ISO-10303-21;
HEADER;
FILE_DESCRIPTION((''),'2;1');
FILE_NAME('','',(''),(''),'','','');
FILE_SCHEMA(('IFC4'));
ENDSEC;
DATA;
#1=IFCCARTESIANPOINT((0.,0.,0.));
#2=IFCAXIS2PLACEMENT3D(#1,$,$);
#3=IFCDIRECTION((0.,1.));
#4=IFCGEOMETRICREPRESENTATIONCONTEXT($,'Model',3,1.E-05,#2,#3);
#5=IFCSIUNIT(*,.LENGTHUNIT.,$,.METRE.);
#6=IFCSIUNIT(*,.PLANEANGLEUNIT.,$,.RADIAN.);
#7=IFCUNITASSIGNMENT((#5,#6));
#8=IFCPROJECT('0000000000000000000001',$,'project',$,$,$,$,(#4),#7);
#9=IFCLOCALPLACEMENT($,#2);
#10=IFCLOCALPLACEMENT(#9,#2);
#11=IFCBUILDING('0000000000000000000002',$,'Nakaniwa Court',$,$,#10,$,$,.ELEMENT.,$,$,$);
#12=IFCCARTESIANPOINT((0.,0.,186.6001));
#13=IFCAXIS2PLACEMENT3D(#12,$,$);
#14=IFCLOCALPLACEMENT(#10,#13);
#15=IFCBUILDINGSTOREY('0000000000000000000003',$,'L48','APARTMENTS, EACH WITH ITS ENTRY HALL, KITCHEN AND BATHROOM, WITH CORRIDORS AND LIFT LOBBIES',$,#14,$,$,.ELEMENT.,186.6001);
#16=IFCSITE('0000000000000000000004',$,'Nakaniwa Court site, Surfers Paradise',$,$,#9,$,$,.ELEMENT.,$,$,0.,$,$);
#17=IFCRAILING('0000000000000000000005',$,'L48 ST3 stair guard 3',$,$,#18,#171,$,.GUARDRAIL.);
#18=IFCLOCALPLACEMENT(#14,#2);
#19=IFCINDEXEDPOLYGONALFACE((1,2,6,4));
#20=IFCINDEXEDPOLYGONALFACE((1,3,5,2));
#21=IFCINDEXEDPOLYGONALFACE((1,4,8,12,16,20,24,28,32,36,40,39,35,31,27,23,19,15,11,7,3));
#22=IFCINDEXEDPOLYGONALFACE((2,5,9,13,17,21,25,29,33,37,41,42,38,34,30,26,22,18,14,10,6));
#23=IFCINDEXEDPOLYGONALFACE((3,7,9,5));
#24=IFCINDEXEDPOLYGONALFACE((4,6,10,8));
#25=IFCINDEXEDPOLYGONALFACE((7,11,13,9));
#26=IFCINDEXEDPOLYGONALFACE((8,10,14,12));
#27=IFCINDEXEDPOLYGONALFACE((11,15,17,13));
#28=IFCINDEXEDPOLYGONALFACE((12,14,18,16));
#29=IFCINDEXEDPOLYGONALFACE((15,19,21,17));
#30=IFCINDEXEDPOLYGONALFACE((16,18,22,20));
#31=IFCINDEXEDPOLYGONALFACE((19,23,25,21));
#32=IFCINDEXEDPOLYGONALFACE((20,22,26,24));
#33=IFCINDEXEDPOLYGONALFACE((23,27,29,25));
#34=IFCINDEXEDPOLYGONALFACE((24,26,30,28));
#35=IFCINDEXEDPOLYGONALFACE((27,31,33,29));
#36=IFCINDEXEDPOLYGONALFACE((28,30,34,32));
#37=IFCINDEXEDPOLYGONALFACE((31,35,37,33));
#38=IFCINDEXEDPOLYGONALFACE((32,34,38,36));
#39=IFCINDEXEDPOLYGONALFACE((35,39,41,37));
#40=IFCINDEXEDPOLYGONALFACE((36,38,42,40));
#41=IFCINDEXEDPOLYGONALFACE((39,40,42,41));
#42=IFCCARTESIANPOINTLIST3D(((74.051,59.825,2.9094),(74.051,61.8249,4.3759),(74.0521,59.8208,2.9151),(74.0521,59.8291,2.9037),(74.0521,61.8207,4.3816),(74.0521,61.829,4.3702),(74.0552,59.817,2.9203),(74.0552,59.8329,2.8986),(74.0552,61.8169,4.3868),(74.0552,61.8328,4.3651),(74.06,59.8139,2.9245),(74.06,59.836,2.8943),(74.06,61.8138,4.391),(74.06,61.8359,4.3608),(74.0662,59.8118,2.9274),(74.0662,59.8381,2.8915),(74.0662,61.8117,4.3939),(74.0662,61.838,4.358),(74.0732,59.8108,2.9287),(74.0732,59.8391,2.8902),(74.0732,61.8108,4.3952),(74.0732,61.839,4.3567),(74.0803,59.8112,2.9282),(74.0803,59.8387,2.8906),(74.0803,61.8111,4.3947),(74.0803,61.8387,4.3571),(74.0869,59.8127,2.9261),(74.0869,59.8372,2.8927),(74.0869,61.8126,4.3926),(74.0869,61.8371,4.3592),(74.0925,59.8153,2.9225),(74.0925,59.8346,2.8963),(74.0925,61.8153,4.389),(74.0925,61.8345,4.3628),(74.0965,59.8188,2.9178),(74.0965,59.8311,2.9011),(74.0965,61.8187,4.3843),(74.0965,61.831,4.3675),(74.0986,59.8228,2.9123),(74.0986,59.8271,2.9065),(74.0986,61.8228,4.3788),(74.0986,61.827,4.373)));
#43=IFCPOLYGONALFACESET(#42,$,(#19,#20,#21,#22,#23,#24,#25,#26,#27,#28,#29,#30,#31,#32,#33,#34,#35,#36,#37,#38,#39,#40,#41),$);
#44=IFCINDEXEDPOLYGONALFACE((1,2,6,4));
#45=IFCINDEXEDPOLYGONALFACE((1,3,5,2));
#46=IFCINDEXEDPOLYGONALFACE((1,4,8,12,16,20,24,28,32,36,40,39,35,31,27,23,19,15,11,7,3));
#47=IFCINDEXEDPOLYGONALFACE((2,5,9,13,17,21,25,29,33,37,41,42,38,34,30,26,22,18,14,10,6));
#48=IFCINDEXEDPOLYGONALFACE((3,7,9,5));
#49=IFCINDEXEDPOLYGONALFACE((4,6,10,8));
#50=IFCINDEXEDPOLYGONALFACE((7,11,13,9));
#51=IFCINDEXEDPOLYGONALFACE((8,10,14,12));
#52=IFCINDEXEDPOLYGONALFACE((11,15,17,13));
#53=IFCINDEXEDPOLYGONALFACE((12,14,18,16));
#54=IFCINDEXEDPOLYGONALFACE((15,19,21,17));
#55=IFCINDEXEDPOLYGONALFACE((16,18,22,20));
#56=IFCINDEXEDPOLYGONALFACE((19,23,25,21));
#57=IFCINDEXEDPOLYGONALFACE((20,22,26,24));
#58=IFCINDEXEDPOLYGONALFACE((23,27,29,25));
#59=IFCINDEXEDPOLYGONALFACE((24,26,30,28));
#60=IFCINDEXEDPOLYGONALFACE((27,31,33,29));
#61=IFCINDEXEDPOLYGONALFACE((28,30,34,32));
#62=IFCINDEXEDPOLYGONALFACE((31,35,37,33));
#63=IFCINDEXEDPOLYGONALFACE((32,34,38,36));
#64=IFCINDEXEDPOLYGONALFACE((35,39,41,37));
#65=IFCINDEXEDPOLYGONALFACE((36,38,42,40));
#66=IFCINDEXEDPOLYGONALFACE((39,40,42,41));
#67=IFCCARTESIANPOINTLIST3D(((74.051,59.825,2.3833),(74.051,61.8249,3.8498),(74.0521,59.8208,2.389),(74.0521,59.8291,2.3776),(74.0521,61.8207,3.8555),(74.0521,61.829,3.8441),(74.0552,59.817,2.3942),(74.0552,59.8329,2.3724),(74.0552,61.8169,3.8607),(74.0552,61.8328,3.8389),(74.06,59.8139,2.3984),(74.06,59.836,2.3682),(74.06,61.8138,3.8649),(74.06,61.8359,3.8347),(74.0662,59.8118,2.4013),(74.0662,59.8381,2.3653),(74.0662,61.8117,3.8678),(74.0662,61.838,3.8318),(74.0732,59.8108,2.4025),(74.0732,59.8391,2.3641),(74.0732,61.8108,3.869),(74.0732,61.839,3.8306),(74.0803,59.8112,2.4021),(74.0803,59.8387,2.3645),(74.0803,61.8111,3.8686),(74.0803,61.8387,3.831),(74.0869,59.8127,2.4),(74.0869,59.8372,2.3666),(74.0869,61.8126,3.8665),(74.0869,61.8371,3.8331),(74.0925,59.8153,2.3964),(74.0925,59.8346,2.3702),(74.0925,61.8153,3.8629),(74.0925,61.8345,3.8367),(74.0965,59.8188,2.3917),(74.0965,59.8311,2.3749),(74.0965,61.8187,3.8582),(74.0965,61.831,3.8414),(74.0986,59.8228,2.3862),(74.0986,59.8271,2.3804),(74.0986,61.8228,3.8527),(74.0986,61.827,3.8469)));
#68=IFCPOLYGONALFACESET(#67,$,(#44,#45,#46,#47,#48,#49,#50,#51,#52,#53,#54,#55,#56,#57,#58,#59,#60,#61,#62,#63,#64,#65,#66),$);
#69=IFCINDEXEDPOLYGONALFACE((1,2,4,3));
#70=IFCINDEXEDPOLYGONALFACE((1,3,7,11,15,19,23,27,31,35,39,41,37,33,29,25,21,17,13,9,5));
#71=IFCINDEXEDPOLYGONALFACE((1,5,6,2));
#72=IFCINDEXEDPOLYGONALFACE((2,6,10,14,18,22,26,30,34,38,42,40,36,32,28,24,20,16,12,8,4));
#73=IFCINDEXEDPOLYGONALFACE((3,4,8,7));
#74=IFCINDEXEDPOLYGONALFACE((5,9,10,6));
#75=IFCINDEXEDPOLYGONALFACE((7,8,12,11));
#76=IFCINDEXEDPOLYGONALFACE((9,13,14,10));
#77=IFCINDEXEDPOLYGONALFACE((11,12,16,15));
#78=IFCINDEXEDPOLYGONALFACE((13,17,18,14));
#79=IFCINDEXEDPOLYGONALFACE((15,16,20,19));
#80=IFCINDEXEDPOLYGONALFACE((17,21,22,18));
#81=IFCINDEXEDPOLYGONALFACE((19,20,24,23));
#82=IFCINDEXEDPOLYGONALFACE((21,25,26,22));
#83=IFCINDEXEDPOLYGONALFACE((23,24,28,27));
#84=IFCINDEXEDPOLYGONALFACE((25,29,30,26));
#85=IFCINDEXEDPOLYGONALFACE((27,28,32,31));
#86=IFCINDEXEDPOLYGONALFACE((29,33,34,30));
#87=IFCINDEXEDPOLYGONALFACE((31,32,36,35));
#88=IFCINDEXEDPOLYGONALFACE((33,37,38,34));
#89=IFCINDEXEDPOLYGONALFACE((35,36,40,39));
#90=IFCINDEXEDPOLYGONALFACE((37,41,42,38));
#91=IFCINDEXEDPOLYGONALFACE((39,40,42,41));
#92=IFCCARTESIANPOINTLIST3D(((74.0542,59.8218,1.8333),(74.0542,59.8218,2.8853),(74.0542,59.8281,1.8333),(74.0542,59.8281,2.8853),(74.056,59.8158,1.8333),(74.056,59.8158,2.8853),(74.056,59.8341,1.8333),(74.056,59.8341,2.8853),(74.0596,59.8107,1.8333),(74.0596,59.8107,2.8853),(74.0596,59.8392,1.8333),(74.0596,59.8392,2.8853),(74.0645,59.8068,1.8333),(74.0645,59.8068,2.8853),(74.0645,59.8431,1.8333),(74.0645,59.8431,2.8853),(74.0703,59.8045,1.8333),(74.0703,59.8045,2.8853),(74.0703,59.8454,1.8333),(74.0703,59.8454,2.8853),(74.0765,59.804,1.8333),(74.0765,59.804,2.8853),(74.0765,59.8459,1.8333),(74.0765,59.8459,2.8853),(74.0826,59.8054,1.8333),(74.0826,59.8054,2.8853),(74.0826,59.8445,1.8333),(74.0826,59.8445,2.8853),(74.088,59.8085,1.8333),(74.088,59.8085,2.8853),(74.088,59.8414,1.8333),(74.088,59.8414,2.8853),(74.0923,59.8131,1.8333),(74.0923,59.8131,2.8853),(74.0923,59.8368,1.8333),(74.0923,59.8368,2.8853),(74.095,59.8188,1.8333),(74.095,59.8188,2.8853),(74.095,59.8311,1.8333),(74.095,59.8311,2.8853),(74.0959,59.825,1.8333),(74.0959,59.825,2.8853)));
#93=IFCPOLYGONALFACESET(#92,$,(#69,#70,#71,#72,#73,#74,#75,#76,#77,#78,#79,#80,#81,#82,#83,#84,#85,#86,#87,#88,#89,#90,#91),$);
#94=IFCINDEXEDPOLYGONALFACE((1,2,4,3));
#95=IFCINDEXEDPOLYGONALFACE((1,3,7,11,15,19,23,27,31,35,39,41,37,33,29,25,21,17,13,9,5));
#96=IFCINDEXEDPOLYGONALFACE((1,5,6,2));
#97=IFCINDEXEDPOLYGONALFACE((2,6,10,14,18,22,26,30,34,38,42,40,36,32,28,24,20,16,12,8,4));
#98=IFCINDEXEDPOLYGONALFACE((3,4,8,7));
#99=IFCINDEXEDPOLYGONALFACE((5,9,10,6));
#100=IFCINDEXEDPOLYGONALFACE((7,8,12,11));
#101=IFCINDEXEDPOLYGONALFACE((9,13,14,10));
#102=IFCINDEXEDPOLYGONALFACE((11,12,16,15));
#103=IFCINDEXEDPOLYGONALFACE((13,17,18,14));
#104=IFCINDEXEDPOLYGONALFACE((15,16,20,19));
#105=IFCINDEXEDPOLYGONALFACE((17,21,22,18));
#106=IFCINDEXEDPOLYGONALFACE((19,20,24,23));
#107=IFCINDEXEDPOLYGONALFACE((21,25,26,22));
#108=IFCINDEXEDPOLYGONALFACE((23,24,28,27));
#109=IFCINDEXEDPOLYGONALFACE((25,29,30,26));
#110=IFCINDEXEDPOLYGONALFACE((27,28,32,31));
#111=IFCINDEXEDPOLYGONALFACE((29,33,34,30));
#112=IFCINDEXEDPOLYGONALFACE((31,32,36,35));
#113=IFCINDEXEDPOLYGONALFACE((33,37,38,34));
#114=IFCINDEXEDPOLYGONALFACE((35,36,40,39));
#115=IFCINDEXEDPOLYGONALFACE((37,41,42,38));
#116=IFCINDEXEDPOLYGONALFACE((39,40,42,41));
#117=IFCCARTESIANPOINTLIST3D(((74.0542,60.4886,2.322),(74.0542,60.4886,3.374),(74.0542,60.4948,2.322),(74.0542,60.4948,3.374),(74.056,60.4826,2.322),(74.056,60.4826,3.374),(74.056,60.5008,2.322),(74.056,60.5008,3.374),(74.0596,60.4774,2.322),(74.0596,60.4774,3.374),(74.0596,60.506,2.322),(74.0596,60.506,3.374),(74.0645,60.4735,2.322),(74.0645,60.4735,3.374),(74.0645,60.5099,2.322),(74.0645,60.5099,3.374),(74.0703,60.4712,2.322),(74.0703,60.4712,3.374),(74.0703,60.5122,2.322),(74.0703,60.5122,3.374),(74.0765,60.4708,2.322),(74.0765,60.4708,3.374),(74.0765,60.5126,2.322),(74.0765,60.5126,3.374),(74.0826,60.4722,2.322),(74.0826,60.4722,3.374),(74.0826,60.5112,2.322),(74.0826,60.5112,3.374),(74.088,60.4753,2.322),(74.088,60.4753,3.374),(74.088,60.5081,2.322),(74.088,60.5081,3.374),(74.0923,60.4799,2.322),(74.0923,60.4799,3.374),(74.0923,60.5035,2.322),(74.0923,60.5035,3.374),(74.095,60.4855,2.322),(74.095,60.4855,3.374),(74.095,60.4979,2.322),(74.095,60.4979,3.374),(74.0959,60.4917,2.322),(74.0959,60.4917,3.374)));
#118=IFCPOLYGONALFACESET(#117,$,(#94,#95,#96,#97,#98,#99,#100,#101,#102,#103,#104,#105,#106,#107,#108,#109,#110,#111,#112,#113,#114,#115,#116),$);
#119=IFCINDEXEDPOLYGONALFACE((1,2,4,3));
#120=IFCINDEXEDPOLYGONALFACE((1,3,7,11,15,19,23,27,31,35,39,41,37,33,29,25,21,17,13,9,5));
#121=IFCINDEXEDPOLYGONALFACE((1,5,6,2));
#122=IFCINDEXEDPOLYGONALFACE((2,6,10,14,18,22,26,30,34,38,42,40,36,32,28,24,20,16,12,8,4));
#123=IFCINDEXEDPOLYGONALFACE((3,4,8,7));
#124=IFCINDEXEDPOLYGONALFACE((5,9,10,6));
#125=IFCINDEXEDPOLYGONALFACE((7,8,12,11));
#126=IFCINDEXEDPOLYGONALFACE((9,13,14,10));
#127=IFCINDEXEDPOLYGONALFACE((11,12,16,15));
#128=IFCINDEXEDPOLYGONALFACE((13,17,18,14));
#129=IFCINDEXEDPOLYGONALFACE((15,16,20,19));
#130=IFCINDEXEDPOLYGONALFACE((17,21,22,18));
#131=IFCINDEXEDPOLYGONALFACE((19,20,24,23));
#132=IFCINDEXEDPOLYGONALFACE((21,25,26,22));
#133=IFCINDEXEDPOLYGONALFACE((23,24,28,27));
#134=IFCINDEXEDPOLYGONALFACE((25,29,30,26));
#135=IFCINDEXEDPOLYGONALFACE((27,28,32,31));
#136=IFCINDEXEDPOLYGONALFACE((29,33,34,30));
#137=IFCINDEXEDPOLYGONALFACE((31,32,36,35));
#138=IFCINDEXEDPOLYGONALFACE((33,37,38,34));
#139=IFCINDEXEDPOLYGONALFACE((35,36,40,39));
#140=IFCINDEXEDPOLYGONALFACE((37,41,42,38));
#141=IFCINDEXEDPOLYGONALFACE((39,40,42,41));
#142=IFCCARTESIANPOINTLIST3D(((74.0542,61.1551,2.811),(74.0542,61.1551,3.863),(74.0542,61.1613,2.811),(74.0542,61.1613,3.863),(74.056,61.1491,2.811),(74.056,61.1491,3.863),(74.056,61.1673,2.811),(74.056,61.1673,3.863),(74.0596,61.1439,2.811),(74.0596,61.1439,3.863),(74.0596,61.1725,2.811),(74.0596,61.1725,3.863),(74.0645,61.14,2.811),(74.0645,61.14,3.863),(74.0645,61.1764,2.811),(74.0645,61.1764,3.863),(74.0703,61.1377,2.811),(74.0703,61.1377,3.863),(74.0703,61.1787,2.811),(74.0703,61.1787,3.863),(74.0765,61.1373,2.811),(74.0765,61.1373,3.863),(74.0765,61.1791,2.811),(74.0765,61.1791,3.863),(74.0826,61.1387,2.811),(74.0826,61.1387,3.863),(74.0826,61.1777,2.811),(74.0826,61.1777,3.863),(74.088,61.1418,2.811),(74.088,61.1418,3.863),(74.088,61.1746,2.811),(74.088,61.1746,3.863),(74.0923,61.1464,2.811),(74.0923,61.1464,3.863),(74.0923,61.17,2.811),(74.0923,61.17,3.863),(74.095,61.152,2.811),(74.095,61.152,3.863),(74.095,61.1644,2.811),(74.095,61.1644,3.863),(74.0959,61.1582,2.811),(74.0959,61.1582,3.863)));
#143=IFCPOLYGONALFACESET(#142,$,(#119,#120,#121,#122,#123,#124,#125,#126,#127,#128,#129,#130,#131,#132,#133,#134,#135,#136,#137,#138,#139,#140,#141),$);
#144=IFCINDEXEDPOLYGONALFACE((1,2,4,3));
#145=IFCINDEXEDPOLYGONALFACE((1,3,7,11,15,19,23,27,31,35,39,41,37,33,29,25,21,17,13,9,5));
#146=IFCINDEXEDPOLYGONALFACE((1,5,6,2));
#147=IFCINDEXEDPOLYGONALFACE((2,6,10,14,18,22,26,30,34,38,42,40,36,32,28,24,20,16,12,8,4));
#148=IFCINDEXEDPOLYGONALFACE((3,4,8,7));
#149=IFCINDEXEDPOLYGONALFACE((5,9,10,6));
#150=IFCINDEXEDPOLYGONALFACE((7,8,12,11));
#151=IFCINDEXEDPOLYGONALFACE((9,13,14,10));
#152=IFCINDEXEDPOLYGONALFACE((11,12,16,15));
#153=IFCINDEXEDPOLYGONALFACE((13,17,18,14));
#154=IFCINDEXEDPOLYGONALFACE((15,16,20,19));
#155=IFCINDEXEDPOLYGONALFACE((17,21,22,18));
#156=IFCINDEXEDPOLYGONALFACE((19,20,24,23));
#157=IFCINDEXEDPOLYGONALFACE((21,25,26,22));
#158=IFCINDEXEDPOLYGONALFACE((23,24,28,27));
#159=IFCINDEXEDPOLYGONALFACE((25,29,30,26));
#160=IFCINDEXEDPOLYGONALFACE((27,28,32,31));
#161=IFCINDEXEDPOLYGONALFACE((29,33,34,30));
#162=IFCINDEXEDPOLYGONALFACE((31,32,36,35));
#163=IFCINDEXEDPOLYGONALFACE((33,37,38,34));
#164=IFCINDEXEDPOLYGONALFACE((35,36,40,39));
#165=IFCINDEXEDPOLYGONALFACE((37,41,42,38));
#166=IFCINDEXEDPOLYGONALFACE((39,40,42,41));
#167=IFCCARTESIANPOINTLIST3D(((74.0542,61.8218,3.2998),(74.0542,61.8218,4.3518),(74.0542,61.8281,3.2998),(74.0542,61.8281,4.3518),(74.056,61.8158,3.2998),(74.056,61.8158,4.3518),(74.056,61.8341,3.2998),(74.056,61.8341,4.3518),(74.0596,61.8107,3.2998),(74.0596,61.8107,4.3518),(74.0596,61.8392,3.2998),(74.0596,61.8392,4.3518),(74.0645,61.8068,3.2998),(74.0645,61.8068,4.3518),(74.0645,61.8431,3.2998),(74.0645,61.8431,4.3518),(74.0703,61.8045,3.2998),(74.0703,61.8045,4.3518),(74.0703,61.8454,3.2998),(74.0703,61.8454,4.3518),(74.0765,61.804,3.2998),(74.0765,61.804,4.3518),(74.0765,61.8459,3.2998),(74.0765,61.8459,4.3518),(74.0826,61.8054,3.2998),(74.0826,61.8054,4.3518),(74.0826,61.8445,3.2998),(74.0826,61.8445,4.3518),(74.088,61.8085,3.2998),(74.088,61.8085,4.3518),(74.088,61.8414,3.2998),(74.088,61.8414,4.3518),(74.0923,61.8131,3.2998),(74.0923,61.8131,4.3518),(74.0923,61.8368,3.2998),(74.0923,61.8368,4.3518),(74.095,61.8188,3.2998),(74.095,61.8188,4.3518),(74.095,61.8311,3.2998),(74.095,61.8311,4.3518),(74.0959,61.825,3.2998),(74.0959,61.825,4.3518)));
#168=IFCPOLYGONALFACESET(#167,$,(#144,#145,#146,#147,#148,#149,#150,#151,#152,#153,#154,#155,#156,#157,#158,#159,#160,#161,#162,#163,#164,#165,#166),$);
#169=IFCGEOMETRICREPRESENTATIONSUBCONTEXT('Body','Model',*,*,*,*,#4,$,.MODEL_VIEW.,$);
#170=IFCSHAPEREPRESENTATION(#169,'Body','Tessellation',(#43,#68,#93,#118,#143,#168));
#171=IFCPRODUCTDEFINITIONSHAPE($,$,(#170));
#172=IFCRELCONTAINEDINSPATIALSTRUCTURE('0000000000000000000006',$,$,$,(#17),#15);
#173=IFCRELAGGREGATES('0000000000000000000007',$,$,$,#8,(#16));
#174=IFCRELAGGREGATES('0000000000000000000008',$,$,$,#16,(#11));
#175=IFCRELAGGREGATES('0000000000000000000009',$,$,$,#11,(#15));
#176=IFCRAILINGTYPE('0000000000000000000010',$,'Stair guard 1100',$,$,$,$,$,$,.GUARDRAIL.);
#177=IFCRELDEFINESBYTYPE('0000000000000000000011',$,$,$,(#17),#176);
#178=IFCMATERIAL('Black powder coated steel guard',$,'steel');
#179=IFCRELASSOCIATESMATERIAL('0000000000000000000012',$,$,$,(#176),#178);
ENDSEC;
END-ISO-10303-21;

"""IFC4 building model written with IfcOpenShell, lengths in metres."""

from ifc_helpers import new_model, si_unit, direction, frame, origin, origin_2d, place, context, subcontext, project, spatial, circle, extrude, material, type_object, element, save


model = new_model("IFC4")

# Units and contexts
model_context = context("Model", 3, precision=1e-05, world=origin(), true_north=direction((0.0, 1.0)))
body_context = subcontext(model_context, "Body", "Model", "MODEL_VIEW")
ifc_project = project(units=[si_unit("LENGTHUNIT", "METRE"), si_unit("PLANEANGLEUNIT", "RADIAN")], contexts=[model_context])

# Site, building, storey
site_placement = place(None, origin())
site = spatial("IfcSite", under=ifc_project, at=site_placement, Name="Nakaniwa Court site, Surfers Paradise", CompositionType="ELEMENT", RefElevation=0.0)
building_placement = place(site_placement, origin())
building = spatial("IfcBuilding", under=site, at=building_placement, Name="Nakaniwa Court", CompositionType="ELEMENT")
storey_placement = place(building_placement, frame((0.0, 0.0, 186.6001)))
storey = spatial("IfcBuildingStorey", under=building, at=storey_placement, Name="L48", Description="APARTMENTS, EACH WITH ITS ENTRY HALL, KITCHEN AND BATHROOM, WITH CORRIDORS AND LIFT LOBBIES", CompositionType="ELEMENT", Elevation=186.6001)

# Railing
ifc_material_1 = material(Name="Black powder coated steel guard", Category="steel")
railing_type_1 = type_object("IfcRailingType", Name="Stair guard 1100", PredefinedType="GUARDRAIL", material=ifc_material_1)
railing_1_placement = place(storey_placement, frame((74.075, 59.825, 1.8333)))
element("IfcRailing", 1, at=railing_1_placement, inside=storey, type_object=railing_type_1, Name="L48 ST3 stair guard 3", PredefinedType="GUARDRAIL", context=body_context, shape_type="SweptSolid", body=[
    extrude(circle(Radius=0.0239, at=origin_2d()), frame((0.0, 0.0, 1.0762), z_axis=(0.0, 0.806427, 0.591334), x_axis=(-1.0, 0.0, 0.0)), (0.0, 0.0, 1.0), 2.48),
    extrude(circle(Radius=0.0239, at=origin_2d()), frame((0.0, 0.0, 0.55), z_axis=(0.0, 0.806427, 0.591334), x_axis=(-1.0, 0.0, 0.0)), (0.0, 0.0, 1.0), 2.48),
    extrude(circle(Radius=0.021, at=origin_2d()), origin(), (0.0, 0.0, 1.0), 1.052),
    extrude(circle(Radius=0.021, at=origin_2d()), frame((0.0, 0.6667, 0.4888)), (0.0, 0.0, 1.0), 1.052),
    extrude(circle(Radius=0.021, at=origin_2d()), frame((0.0, 1.3333, 0.9778)), (0.0, 0.0, 1.0), 1.052),
    extrude(circle(Radius=0.021, at=origin_2d()), frame((0.0, 2.0, 1.4666)), (0.0, 0.0, 1.0), 1.052),
])

save(model, "model.ifc")
